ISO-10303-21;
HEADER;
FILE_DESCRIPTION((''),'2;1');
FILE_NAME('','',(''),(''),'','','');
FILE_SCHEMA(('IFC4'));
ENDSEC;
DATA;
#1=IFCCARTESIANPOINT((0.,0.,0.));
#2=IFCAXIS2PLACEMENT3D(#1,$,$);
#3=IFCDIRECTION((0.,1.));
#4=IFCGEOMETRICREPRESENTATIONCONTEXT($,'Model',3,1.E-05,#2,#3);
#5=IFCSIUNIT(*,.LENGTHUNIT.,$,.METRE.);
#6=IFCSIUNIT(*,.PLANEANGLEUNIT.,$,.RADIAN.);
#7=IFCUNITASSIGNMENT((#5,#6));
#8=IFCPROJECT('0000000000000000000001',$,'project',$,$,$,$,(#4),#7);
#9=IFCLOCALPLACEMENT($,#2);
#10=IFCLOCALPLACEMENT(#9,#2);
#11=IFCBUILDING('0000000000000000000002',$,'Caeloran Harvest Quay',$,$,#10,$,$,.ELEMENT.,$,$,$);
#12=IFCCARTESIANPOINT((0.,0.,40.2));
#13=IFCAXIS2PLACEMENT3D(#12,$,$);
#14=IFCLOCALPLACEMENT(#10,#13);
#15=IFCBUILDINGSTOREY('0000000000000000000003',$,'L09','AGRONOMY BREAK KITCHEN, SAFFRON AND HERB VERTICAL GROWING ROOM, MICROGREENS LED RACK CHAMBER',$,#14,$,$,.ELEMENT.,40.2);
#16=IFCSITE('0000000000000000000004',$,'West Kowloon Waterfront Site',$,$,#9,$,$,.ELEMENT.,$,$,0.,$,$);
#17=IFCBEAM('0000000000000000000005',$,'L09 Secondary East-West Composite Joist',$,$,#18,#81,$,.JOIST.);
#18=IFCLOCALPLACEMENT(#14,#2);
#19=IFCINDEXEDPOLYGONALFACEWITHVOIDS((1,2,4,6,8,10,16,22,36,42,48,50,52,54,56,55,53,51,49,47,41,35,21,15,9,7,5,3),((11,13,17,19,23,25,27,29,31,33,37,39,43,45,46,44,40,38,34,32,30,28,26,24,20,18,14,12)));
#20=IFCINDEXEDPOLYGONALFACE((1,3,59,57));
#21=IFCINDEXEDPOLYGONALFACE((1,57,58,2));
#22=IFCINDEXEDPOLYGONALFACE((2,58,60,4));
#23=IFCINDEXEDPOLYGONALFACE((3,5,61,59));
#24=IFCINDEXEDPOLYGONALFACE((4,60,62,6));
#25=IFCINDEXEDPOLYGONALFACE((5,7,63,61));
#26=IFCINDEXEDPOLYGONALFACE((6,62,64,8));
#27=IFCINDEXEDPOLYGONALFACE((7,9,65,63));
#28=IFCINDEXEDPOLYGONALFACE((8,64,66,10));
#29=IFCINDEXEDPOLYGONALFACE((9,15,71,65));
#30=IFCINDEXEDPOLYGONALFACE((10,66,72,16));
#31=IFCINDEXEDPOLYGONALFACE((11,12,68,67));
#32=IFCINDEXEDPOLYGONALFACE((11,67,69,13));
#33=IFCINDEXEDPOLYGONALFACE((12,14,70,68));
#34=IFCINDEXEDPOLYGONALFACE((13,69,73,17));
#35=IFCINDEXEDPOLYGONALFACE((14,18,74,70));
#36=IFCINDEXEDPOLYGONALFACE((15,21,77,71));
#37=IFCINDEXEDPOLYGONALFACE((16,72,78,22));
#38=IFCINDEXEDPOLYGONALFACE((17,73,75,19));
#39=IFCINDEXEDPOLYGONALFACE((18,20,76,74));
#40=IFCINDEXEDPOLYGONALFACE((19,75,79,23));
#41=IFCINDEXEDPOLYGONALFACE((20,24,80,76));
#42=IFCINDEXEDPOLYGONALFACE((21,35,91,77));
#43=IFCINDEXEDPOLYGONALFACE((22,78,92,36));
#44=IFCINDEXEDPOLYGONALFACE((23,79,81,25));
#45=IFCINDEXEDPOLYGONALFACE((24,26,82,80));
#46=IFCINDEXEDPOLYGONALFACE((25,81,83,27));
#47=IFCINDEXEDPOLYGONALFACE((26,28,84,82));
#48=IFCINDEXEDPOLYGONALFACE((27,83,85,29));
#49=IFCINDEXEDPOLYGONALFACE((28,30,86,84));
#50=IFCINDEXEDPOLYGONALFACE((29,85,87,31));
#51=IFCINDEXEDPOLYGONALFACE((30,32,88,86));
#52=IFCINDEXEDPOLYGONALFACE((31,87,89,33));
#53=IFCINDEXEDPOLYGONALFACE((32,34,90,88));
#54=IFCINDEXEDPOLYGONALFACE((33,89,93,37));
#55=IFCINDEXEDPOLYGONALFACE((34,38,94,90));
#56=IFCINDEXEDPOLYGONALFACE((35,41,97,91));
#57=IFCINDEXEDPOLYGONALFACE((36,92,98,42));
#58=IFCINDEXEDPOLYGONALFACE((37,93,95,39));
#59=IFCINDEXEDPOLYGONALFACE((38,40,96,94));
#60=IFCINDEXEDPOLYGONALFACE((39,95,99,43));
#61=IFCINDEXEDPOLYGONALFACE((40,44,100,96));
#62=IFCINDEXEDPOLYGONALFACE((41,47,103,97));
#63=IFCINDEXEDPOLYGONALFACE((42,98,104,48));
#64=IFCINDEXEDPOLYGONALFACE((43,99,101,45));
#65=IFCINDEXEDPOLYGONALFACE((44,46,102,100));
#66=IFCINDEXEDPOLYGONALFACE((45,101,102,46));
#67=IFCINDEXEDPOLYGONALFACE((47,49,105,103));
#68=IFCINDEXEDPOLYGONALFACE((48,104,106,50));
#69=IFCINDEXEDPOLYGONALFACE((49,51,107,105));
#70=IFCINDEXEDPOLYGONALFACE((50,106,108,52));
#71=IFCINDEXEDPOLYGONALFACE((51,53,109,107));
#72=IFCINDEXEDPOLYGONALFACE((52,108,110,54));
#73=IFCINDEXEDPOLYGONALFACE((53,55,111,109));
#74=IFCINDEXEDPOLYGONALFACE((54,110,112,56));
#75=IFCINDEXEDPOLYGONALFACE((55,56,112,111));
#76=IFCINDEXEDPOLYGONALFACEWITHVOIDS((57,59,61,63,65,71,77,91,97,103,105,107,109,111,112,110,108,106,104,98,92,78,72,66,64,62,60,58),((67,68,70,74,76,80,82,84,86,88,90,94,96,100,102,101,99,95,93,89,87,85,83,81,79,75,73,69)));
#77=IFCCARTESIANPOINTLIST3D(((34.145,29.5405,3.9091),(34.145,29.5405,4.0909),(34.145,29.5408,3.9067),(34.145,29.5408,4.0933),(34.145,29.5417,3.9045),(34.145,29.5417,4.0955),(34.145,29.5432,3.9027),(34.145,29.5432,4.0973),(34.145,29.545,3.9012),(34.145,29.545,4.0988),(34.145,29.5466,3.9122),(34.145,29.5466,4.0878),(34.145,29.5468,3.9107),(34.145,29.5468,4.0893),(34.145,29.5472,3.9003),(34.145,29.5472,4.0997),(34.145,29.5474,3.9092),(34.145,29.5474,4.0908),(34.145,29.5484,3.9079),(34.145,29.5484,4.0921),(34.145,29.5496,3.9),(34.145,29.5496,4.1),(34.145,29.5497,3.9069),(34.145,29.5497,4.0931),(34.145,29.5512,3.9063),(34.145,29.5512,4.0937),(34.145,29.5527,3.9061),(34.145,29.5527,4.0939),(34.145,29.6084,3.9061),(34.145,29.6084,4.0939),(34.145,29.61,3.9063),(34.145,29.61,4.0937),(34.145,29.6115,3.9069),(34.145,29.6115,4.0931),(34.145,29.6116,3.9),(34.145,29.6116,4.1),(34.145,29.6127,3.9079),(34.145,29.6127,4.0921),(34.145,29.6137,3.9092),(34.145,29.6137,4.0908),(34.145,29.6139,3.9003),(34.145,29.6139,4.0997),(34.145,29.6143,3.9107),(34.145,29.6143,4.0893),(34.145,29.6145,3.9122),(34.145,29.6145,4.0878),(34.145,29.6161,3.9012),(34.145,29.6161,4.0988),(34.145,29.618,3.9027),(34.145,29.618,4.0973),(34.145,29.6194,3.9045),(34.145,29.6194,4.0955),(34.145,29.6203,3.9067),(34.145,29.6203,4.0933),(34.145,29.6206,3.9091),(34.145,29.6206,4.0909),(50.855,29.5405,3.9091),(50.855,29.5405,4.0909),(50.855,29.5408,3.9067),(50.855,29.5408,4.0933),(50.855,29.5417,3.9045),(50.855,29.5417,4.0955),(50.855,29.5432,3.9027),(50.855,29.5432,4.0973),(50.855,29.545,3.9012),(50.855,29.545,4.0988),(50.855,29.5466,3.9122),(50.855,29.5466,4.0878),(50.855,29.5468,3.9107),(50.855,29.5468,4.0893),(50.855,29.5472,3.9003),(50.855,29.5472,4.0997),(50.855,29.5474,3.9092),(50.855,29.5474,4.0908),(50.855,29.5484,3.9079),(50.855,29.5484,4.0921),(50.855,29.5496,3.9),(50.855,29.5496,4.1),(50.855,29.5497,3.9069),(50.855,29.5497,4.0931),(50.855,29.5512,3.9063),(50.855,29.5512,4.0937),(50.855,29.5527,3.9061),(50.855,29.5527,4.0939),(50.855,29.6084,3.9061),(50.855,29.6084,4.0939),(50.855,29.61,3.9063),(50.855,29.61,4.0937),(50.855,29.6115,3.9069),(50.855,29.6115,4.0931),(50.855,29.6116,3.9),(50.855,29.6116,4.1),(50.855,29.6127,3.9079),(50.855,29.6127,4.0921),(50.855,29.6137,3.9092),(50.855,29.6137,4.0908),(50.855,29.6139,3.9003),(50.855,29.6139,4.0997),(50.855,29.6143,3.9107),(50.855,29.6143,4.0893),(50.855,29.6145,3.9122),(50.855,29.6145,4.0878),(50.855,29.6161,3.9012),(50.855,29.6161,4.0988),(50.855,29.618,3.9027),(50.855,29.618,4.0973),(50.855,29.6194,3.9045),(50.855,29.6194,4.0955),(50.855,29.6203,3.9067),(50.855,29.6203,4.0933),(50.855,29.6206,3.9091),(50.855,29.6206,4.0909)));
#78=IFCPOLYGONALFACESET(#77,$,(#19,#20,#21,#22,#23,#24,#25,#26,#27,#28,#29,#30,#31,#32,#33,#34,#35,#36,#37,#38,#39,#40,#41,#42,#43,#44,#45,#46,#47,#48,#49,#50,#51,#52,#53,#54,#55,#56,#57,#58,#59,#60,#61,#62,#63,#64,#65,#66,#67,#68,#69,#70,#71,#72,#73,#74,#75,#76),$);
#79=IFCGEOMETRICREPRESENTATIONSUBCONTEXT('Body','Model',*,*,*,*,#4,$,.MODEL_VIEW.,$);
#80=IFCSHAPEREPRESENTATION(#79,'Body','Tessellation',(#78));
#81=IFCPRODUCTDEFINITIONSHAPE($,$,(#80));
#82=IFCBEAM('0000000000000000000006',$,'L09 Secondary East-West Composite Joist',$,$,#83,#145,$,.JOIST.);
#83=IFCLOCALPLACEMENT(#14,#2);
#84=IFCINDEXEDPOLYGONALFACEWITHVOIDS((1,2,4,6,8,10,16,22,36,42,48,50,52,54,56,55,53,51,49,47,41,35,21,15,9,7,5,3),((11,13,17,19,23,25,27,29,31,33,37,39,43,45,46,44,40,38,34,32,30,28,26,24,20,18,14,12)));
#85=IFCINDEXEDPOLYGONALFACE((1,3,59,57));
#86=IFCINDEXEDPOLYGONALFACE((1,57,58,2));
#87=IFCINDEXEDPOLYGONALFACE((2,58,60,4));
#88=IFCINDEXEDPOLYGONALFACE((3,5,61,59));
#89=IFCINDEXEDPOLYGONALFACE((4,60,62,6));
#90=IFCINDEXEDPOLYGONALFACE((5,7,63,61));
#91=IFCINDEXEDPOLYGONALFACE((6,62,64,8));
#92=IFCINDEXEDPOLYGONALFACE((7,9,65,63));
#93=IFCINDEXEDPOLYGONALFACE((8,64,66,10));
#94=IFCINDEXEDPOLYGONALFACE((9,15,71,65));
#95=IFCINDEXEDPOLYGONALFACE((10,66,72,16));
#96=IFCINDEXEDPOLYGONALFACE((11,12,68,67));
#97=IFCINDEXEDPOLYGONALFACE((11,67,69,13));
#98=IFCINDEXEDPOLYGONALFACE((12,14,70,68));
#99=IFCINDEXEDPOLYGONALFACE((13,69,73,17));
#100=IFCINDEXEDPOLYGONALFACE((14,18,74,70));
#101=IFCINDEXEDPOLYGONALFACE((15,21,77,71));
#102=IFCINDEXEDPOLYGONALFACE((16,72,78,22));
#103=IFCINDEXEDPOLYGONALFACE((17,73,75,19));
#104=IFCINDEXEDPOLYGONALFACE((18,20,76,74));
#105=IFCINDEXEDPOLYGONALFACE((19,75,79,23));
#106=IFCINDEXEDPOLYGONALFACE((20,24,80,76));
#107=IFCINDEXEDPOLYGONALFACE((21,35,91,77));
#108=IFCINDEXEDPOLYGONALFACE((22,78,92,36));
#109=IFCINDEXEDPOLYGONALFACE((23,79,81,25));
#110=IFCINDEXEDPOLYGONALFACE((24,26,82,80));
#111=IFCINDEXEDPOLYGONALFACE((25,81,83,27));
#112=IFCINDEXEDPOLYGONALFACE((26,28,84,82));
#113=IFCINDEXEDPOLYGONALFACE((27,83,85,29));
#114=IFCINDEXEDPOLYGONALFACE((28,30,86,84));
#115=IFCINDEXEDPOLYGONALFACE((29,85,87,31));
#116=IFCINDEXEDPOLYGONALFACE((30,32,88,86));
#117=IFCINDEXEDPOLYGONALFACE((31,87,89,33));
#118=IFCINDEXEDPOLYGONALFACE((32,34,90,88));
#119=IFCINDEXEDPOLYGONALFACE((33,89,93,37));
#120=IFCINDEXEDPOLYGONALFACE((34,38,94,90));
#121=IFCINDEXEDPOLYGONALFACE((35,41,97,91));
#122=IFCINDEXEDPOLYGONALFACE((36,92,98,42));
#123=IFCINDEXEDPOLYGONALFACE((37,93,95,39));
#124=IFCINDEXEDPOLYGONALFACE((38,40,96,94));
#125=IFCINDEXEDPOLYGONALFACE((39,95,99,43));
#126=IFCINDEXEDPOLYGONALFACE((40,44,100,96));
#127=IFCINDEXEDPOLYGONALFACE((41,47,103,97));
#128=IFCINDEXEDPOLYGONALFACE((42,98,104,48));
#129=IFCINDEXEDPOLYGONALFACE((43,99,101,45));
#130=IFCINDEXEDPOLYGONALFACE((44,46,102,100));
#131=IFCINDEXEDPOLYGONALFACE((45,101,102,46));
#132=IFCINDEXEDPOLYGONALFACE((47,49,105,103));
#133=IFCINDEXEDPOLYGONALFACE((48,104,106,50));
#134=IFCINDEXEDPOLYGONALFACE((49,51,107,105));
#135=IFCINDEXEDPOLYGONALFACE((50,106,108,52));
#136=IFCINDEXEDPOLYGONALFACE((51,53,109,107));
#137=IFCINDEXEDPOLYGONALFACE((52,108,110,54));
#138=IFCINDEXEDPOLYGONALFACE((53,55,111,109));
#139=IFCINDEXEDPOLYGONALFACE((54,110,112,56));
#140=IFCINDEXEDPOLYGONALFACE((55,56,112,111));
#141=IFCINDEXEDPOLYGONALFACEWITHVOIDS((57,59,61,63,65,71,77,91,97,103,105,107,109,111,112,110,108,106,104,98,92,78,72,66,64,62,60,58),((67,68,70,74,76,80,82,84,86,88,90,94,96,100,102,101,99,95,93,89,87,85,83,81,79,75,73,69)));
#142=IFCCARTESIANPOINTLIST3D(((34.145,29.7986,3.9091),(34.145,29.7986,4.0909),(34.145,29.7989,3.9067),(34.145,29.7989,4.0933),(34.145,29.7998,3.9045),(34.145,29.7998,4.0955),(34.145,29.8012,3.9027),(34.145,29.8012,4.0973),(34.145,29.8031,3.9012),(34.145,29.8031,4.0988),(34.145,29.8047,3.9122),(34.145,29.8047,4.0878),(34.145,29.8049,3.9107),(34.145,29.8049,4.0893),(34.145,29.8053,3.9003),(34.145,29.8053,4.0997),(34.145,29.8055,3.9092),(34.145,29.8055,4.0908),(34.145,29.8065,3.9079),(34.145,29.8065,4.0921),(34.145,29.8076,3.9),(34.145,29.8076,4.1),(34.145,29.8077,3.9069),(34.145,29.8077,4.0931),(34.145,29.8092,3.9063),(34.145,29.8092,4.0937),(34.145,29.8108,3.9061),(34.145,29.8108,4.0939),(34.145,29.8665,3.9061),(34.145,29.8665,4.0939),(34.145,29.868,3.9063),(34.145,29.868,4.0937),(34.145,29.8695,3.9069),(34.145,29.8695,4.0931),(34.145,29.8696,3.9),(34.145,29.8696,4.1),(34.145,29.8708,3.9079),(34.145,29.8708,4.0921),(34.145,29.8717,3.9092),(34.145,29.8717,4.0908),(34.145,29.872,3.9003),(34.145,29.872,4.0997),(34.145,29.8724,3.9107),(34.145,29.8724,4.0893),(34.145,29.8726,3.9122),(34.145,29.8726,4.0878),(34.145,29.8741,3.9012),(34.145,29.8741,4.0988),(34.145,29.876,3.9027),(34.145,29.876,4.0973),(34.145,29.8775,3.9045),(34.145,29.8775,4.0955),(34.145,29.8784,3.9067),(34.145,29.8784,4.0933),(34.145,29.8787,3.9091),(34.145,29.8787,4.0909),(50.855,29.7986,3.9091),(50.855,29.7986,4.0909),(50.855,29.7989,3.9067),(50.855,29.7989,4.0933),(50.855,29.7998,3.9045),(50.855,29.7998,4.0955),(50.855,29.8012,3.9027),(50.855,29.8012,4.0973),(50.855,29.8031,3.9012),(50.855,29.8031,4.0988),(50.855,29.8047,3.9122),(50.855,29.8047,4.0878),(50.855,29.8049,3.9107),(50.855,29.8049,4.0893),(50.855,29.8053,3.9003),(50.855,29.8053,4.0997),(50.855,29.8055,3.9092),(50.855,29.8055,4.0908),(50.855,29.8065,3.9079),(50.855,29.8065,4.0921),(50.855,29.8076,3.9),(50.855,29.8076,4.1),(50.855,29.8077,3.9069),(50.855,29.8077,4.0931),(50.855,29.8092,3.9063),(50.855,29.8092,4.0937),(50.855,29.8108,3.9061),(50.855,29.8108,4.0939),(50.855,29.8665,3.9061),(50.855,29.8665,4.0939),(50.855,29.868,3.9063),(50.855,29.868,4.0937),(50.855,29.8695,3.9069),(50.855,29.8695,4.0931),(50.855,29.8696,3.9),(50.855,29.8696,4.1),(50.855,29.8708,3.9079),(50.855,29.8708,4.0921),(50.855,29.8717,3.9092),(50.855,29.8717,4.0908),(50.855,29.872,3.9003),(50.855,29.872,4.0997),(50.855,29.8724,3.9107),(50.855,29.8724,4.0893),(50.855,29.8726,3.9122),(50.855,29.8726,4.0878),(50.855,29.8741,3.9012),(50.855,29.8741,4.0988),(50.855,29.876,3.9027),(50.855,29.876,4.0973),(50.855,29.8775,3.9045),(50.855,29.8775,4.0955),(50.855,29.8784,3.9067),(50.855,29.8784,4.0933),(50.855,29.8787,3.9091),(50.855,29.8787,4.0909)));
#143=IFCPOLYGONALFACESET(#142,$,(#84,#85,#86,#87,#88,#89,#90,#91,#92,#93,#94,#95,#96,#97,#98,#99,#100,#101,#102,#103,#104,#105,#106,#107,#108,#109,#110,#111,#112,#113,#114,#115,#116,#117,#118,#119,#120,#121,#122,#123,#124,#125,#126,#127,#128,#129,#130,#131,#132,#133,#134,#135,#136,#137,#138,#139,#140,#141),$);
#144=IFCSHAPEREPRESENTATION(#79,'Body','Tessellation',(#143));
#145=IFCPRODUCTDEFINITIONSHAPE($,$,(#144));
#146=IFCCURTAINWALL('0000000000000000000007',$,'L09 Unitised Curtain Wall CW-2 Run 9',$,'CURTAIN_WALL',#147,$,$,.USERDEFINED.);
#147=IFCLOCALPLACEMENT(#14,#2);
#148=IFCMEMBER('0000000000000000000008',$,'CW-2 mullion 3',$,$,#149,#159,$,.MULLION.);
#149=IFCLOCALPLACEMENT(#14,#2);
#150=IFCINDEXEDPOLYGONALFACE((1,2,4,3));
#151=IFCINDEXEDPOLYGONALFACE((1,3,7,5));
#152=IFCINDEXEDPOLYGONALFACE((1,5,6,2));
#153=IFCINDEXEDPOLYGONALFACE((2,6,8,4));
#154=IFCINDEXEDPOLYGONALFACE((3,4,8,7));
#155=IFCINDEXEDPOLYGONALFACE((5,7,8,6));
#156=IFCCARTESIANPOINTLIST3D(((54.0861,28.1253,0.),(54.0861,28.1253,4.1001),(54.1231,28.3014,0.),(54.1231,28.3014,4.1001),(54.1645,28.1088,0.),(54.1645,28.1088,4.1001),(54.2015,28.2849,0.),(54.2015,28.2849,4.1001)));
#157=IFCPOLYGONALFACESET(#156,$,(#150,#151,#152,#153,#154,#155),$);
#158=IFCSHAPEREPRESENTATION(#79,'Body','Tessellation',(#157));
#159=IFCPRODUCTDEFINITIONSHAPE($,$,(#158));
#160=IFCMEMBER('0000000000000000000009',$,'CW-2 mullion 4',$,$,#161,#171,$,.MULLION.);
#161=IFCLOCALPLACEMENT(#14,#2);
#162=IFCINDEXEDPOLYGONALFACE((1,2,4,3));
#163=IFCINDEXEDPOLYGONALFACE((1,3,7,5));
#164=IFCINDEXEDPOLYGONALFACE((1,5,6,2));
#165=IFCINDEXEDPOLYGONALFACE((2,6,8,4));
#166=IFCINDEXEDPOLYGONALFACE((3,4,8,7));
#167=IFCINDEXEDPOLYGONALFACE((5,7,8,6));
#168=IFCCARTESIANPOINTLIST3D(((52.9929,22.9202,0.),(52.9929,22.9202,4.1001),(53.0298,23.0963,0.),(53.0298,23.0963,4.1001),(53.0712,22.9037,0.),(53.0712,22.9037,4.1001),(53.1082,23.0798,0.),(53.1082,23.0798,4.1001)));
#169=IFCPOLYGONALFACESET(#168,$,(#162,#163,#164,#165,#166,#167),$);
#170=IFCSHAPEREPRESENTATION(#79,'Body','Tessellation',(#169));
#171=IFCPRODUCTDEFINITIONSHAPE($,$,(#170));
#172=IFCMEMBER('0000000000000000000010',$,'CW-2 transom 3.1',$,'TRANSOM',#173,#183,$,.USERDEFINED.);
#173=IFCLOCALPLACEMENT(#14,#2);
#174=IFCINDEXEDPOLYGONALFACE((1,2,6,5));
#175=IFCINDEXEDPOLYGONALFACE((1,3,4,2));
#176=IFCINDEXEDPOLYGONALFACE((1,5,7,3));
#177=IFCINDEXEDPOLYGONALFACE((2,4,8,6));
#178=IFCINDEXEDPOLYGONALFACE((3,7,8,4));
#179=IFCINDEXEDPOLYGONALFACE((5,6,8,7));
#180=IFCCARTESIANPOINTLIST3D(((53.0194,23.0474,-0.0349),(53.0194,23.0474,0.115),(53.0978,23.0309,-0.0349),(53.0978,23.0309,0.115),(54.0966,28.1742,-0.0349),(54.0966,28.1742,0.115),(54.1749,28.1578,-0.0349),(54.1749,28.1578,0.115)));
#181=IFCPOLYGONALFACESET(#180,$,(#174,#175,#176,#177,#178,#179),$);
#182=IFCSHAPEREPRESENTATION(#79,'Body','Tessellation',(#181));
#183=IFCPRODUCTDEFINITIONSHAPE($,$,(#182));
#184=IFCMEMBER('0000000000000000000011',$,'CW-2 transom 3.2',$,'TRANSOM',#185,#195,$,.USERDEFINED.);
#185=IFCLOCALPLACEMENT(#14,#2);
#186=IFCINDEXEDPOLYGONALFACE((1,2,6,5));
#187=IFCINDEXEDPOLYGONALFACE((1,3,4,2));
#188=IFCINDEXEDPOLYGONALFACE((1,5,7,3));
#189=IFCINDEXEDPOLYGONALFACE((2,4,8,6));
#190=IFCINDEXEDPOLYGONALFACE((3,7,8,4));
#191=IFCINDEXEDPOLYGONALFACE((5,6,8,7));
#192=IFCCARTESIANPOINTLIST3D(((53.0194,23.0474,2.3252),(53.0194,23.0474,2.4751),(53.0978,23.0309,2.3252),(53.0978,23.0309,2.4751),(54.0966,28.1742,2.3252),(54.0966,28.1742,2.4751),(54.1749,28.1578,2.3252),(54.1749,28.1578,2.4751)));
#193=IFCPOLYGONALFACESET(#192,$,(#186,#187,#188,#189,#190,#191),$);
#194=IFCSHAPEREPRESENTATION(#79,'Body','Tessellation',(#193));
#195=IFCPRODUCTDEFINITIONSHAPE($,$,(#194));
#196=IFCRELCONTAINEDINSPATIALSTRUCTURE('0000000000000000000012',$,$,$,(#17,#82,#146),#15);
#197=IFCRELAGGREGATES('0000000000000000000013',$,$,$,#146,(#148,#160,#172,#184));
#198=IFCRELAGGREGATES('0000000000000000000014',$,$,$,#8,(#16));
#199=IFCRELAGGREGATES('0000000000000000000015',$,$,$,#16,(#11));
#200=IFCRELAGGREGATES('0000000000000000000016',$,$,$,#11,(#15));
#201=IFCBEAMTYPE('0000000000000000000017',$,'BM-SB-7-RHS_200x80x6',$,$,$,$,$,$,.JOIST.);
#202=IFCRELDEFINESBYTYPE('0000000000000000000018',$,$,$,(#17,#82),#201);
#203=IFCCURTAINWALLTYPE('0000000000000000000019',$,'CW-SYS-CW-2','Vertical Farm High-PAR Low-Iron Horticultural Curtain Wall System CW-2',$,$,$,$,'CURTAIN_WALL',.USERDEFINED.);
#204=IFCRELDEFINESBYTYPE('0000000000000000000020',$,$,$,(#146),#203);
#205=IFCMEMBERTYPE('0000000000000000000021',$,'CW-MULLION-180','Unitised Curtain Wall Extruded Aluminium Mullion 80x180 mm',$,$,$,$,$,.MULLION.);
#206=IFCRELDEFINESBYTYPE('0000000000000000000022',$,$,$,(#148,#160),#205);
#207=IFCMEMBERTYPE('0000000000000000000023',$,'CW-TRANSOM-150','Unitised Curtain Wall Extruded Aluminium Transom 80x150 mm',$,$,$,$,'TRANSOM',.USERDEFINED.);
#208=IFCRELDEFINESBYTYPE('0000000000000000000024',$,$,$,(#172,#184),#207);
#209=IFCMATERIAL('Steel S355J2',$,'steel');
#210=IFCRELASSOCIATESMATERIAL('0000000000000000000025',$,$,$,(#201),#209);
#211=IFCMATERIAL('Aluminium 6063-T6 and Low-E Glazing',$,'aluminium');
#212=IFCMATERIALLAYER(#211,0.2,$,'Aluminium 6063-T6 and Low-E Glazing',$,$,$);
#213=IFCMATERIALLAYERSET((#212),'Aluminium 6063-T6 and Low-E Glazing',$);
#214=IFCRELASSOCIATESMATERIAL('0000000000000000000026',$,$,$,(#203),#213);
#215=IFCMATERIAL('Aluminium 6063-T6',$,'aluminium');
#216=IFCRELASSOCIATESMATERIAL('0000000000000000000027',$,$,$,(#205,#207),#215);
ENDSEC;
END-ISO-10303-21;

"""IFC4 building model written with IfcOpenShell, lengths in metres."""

from ifc_helpers import new_model, si_unit, direction, frame, origin, origin_2d, place, context, subcontext, project, spatial, rectangle, hollow_rectangle, extrude, material, layer, layer_set, material_profile, profile_set, type_object, element, aggregate, save


model = new_model("IFC4")

# Units and contexts
model_context = context("Model", 3, precision=1e-05, world=origin(), true_north=direction((0.0, 1.0)))
body_context = subcontext(model_context, "Body", "Model", "MODEL_VIEW")
ifc_project = project(units=[si_unit("LENGTHUNIT", "METRE"), si_unit("PLANEANGLEUNIT", "RADIAN")], contexts=[model_context])

# Site, building, storey
site_placement = place(None, origin())
site = spatial("IfcSite", under=ifc_project, at=site_placement, Name="West Kowloon Waterfront Site", CompositionType="ELEMENT", RefElevation=0.0)
building_placement = place(site_placement, origin())
building = spatial("IfcBuilding", under=site, at=building_placement, Name="Caeloran Harvest Quay", CompositionType="ELEMENT")
storey_placement = place(building_placement, frame((0.0, 0.0, 40.2)))
storey = spatial("IfcBuildingStorey", under=building, at=storey_placement, Name="L09", Description="AGRONOMY BREAK KITCHEN, SAFFRON AND HERB VERTICAL GROWING ROOM, MICROGREENS LED RACK CHAMBER", CompositionType="ELEMENT", Elevation=40.2)

# Beams
ifc_material_1 = material(Name="Steel S355J2", Category="steel")
ifc_material_profile_1 = material_profile(ifc_material_1, hollow_rectangle(XDim=0.0801, YDim=0.2, WallThickness=0.0061, InnerFilletRadius=0.0061, OuterFilletRadius=0.009, at=origin_2d()), Name="RHS 200x80x6")
ifc_profile_set_1 = profile_set([ifc_material_profile_1], Name="Steel S355J2")
beam_type_1 = type_object("IfcBeamType", Name="BM-SB-7-RHS_200x80x6", PredefinedType="JOIST", material=ifc_profile_set_1)
for number, where, z_axis, x_axis, name in (
    (1, (34.145, 29.5806, 4.0), (1.0, 0.0, 0.0), (0.0, 1.0, 0.0), "L09 Secondary East-West Composite Joist"),
    (2, (34.145, 29.8386, 4.0), (1.0, 0.0, 0.0), (0.0, 1.0, 0.0), "L09 Secondary East-West Composite Joist"),
):
    element("IfcBeam", number, at=place(storey_placement, frame(where, z_axis=z_axis, x_axis=x_axis)), inside=storey, type_object=beam_type_1, Name=name, PredefinedType="JOIST", context=body_context, shape_type="SweptSolid", body=[
        extrude(hollow_rectangle(XDim=0.0801, YDim=0.2, WallThickness=0.0061, InnerFilletRadius=0.0061, OuterFilletRadius=0.009, at=origin_2d()), origin(), (0.0, 0.0, 1.0), 16.71),
    ])

# Curtain wall, members
ifc_material_2 = material(Name="Aluminium 6063-T6 and Low-E Glazing", Category="aluminium")
ifc_layer_1 = layer(ifc_material_2, 0.2, Name="Aluminium 6063-T6 and Low-E Glazing")
ifc_layer_set_1 = layer_set([ifc_layer_1], Name="Aluminium 6063-T6 and Low-E Glazing")
curtain_wall_type = type_object("IfcCurtainWallType", Name="CW-SYS-CW-2", Description="Vertical Farm High-PAR Low-Iron Horticultural Curtain Wall System CW-2", ElementType="CURTAIN_WALL", PredefinedType="USERDEFINED", material=ifc_layer_set_1)
curtain_wall_placement = place(storey_placement, origin())
curtain_wall = element("IfcCurtainWall", 3, at=curtain_wall_placement, inside=storey, type_object=curtain_wall_type, Name="L09 Unitised Curtain Wall CW-2 Run 9", ObjectType="CURTAIN_WALL", PredefinedType="USERDEFINED")
ifc_material_3 = material(Name="Aluminium 6063-T6", Category="aluminium")
ifc_material_profile_2 = material_profile(ifc_material_3, rectangle(XDim=0.0801, YDim=0.1799, at=origin_2d()), Name="CW-MULLION-180")
ifc_profile_set_2 = profile_set([ifc_material_profile_2], Name="Aluminium 6063-T6")
member_type_1 = type_object("IfcMemberType", Name="CW-MULLION-180", Description="Unitised Curtain Wall Extruded Aluminium Mullion 80x180 mm", PredefinedType="MULLION", material=ifc_profile_set_2)
member_1_placement = place(storey_placement, frame((54.1438, 28.2051, 0.0), z_axis=(0.0, 0.0, 1.0), x_axis=(0.97864, -0.205583, 0.0)))
member_1 = element("IfcMember", 4, at=member_1_placement, type_object=member_type_1, Name="CW-2 mullion 3", PredefinedType="MULLION", context=body_context, shape_type="SweptSolid", body=[
    extrude(rectangle(XDim=0.0801, YDim=0.1799, at=origin_2d()), origin(), (0.0, 0.0, 1.0), 4.1001),
])
member_2_placement = place(storey_placement, frame((53.0505, 23.0, 0.0), z_axis=(0.0, 0.0, 1.0), x_axis=(0.97864, -0.205583, 0.0)))
member_2 = element("IfcMember", 5, at=member_2_placement, type_object=member_type_1, Name="CW-2 mullion 4", PredefinedType="MULLION", context=body_context, shape_type="SweptSolid", body=[
    extrude(rectangle(XDim=0.0801, YDim=0.1799, at=origin_2d()), origin(), (0.0, 0.0, 1.0), 4.1001),
])
ifc_material_profile_3 = material_profile(ifc_material_3, rectangle(XDim=0.0801, YDim=0.1499, at=origin_2d()), Name="CW-TRANSOM-150")
ifc_profile_set_3 = profile_set([ifc_material_profile_3], Name="Aluminium 6063-T6")
member_type_2 = type_object("IfcMemberType", Name="CW-TRANSOM-150", Description="Unitised Curtain Wall Extruded Aluminium Transom 80x150 mm", ElementType="TRANSOM", PredefinedType="USERDEFINED", material=ifc_profile_set_3)
member_3_placement = place(storey_placement, frame((54.1357, 28.166, 0.04), z_axis=(-0.205607, -0.978635, 0.0), x_axis=(0.978635, -0.205607, 0.0)))
member_3 = element("IfcMember", 6, at=member_3_placement, type_object=member_type_2, Name="CW-2 transom 3.1", ObjectType="TRANSOM", PredefinedType="USERDEFINED", context=body_context, shape_type="SweptSolid", body=[
    extrude(rectangle(XDim=0.0801, YDim=0.1499, at=origin_2d()), origin(), (0.0, 0.0, 1.0), 5.2388),
])
member_4_placement = place(storey_placement, frame((54.1357, 28.166, 2.4001), z_axis=(-0.205607, -0.978635, 0.0), x_axis=(0.978635, -0.205607, 0.0)))
member_4 = element("IfcMember", 7, at=member_4_placement, type_object=member_type_2, Name="CW-2 transom 3.2", ObjectType="TRANSOM", PredefinedType="USERDEFINED", context=body_context, shape_type="SweptSolid", body=[
    extrude(rectangle(XDim=0.0801, YDim=0.1499, at=origin_2d()), origin(), (0.0, 0.0, 1.0), 5.2388),
])
aggregate(curtain_wall, [member_1, member_2, member_3, member_4])

save(model, "model.ifc")
